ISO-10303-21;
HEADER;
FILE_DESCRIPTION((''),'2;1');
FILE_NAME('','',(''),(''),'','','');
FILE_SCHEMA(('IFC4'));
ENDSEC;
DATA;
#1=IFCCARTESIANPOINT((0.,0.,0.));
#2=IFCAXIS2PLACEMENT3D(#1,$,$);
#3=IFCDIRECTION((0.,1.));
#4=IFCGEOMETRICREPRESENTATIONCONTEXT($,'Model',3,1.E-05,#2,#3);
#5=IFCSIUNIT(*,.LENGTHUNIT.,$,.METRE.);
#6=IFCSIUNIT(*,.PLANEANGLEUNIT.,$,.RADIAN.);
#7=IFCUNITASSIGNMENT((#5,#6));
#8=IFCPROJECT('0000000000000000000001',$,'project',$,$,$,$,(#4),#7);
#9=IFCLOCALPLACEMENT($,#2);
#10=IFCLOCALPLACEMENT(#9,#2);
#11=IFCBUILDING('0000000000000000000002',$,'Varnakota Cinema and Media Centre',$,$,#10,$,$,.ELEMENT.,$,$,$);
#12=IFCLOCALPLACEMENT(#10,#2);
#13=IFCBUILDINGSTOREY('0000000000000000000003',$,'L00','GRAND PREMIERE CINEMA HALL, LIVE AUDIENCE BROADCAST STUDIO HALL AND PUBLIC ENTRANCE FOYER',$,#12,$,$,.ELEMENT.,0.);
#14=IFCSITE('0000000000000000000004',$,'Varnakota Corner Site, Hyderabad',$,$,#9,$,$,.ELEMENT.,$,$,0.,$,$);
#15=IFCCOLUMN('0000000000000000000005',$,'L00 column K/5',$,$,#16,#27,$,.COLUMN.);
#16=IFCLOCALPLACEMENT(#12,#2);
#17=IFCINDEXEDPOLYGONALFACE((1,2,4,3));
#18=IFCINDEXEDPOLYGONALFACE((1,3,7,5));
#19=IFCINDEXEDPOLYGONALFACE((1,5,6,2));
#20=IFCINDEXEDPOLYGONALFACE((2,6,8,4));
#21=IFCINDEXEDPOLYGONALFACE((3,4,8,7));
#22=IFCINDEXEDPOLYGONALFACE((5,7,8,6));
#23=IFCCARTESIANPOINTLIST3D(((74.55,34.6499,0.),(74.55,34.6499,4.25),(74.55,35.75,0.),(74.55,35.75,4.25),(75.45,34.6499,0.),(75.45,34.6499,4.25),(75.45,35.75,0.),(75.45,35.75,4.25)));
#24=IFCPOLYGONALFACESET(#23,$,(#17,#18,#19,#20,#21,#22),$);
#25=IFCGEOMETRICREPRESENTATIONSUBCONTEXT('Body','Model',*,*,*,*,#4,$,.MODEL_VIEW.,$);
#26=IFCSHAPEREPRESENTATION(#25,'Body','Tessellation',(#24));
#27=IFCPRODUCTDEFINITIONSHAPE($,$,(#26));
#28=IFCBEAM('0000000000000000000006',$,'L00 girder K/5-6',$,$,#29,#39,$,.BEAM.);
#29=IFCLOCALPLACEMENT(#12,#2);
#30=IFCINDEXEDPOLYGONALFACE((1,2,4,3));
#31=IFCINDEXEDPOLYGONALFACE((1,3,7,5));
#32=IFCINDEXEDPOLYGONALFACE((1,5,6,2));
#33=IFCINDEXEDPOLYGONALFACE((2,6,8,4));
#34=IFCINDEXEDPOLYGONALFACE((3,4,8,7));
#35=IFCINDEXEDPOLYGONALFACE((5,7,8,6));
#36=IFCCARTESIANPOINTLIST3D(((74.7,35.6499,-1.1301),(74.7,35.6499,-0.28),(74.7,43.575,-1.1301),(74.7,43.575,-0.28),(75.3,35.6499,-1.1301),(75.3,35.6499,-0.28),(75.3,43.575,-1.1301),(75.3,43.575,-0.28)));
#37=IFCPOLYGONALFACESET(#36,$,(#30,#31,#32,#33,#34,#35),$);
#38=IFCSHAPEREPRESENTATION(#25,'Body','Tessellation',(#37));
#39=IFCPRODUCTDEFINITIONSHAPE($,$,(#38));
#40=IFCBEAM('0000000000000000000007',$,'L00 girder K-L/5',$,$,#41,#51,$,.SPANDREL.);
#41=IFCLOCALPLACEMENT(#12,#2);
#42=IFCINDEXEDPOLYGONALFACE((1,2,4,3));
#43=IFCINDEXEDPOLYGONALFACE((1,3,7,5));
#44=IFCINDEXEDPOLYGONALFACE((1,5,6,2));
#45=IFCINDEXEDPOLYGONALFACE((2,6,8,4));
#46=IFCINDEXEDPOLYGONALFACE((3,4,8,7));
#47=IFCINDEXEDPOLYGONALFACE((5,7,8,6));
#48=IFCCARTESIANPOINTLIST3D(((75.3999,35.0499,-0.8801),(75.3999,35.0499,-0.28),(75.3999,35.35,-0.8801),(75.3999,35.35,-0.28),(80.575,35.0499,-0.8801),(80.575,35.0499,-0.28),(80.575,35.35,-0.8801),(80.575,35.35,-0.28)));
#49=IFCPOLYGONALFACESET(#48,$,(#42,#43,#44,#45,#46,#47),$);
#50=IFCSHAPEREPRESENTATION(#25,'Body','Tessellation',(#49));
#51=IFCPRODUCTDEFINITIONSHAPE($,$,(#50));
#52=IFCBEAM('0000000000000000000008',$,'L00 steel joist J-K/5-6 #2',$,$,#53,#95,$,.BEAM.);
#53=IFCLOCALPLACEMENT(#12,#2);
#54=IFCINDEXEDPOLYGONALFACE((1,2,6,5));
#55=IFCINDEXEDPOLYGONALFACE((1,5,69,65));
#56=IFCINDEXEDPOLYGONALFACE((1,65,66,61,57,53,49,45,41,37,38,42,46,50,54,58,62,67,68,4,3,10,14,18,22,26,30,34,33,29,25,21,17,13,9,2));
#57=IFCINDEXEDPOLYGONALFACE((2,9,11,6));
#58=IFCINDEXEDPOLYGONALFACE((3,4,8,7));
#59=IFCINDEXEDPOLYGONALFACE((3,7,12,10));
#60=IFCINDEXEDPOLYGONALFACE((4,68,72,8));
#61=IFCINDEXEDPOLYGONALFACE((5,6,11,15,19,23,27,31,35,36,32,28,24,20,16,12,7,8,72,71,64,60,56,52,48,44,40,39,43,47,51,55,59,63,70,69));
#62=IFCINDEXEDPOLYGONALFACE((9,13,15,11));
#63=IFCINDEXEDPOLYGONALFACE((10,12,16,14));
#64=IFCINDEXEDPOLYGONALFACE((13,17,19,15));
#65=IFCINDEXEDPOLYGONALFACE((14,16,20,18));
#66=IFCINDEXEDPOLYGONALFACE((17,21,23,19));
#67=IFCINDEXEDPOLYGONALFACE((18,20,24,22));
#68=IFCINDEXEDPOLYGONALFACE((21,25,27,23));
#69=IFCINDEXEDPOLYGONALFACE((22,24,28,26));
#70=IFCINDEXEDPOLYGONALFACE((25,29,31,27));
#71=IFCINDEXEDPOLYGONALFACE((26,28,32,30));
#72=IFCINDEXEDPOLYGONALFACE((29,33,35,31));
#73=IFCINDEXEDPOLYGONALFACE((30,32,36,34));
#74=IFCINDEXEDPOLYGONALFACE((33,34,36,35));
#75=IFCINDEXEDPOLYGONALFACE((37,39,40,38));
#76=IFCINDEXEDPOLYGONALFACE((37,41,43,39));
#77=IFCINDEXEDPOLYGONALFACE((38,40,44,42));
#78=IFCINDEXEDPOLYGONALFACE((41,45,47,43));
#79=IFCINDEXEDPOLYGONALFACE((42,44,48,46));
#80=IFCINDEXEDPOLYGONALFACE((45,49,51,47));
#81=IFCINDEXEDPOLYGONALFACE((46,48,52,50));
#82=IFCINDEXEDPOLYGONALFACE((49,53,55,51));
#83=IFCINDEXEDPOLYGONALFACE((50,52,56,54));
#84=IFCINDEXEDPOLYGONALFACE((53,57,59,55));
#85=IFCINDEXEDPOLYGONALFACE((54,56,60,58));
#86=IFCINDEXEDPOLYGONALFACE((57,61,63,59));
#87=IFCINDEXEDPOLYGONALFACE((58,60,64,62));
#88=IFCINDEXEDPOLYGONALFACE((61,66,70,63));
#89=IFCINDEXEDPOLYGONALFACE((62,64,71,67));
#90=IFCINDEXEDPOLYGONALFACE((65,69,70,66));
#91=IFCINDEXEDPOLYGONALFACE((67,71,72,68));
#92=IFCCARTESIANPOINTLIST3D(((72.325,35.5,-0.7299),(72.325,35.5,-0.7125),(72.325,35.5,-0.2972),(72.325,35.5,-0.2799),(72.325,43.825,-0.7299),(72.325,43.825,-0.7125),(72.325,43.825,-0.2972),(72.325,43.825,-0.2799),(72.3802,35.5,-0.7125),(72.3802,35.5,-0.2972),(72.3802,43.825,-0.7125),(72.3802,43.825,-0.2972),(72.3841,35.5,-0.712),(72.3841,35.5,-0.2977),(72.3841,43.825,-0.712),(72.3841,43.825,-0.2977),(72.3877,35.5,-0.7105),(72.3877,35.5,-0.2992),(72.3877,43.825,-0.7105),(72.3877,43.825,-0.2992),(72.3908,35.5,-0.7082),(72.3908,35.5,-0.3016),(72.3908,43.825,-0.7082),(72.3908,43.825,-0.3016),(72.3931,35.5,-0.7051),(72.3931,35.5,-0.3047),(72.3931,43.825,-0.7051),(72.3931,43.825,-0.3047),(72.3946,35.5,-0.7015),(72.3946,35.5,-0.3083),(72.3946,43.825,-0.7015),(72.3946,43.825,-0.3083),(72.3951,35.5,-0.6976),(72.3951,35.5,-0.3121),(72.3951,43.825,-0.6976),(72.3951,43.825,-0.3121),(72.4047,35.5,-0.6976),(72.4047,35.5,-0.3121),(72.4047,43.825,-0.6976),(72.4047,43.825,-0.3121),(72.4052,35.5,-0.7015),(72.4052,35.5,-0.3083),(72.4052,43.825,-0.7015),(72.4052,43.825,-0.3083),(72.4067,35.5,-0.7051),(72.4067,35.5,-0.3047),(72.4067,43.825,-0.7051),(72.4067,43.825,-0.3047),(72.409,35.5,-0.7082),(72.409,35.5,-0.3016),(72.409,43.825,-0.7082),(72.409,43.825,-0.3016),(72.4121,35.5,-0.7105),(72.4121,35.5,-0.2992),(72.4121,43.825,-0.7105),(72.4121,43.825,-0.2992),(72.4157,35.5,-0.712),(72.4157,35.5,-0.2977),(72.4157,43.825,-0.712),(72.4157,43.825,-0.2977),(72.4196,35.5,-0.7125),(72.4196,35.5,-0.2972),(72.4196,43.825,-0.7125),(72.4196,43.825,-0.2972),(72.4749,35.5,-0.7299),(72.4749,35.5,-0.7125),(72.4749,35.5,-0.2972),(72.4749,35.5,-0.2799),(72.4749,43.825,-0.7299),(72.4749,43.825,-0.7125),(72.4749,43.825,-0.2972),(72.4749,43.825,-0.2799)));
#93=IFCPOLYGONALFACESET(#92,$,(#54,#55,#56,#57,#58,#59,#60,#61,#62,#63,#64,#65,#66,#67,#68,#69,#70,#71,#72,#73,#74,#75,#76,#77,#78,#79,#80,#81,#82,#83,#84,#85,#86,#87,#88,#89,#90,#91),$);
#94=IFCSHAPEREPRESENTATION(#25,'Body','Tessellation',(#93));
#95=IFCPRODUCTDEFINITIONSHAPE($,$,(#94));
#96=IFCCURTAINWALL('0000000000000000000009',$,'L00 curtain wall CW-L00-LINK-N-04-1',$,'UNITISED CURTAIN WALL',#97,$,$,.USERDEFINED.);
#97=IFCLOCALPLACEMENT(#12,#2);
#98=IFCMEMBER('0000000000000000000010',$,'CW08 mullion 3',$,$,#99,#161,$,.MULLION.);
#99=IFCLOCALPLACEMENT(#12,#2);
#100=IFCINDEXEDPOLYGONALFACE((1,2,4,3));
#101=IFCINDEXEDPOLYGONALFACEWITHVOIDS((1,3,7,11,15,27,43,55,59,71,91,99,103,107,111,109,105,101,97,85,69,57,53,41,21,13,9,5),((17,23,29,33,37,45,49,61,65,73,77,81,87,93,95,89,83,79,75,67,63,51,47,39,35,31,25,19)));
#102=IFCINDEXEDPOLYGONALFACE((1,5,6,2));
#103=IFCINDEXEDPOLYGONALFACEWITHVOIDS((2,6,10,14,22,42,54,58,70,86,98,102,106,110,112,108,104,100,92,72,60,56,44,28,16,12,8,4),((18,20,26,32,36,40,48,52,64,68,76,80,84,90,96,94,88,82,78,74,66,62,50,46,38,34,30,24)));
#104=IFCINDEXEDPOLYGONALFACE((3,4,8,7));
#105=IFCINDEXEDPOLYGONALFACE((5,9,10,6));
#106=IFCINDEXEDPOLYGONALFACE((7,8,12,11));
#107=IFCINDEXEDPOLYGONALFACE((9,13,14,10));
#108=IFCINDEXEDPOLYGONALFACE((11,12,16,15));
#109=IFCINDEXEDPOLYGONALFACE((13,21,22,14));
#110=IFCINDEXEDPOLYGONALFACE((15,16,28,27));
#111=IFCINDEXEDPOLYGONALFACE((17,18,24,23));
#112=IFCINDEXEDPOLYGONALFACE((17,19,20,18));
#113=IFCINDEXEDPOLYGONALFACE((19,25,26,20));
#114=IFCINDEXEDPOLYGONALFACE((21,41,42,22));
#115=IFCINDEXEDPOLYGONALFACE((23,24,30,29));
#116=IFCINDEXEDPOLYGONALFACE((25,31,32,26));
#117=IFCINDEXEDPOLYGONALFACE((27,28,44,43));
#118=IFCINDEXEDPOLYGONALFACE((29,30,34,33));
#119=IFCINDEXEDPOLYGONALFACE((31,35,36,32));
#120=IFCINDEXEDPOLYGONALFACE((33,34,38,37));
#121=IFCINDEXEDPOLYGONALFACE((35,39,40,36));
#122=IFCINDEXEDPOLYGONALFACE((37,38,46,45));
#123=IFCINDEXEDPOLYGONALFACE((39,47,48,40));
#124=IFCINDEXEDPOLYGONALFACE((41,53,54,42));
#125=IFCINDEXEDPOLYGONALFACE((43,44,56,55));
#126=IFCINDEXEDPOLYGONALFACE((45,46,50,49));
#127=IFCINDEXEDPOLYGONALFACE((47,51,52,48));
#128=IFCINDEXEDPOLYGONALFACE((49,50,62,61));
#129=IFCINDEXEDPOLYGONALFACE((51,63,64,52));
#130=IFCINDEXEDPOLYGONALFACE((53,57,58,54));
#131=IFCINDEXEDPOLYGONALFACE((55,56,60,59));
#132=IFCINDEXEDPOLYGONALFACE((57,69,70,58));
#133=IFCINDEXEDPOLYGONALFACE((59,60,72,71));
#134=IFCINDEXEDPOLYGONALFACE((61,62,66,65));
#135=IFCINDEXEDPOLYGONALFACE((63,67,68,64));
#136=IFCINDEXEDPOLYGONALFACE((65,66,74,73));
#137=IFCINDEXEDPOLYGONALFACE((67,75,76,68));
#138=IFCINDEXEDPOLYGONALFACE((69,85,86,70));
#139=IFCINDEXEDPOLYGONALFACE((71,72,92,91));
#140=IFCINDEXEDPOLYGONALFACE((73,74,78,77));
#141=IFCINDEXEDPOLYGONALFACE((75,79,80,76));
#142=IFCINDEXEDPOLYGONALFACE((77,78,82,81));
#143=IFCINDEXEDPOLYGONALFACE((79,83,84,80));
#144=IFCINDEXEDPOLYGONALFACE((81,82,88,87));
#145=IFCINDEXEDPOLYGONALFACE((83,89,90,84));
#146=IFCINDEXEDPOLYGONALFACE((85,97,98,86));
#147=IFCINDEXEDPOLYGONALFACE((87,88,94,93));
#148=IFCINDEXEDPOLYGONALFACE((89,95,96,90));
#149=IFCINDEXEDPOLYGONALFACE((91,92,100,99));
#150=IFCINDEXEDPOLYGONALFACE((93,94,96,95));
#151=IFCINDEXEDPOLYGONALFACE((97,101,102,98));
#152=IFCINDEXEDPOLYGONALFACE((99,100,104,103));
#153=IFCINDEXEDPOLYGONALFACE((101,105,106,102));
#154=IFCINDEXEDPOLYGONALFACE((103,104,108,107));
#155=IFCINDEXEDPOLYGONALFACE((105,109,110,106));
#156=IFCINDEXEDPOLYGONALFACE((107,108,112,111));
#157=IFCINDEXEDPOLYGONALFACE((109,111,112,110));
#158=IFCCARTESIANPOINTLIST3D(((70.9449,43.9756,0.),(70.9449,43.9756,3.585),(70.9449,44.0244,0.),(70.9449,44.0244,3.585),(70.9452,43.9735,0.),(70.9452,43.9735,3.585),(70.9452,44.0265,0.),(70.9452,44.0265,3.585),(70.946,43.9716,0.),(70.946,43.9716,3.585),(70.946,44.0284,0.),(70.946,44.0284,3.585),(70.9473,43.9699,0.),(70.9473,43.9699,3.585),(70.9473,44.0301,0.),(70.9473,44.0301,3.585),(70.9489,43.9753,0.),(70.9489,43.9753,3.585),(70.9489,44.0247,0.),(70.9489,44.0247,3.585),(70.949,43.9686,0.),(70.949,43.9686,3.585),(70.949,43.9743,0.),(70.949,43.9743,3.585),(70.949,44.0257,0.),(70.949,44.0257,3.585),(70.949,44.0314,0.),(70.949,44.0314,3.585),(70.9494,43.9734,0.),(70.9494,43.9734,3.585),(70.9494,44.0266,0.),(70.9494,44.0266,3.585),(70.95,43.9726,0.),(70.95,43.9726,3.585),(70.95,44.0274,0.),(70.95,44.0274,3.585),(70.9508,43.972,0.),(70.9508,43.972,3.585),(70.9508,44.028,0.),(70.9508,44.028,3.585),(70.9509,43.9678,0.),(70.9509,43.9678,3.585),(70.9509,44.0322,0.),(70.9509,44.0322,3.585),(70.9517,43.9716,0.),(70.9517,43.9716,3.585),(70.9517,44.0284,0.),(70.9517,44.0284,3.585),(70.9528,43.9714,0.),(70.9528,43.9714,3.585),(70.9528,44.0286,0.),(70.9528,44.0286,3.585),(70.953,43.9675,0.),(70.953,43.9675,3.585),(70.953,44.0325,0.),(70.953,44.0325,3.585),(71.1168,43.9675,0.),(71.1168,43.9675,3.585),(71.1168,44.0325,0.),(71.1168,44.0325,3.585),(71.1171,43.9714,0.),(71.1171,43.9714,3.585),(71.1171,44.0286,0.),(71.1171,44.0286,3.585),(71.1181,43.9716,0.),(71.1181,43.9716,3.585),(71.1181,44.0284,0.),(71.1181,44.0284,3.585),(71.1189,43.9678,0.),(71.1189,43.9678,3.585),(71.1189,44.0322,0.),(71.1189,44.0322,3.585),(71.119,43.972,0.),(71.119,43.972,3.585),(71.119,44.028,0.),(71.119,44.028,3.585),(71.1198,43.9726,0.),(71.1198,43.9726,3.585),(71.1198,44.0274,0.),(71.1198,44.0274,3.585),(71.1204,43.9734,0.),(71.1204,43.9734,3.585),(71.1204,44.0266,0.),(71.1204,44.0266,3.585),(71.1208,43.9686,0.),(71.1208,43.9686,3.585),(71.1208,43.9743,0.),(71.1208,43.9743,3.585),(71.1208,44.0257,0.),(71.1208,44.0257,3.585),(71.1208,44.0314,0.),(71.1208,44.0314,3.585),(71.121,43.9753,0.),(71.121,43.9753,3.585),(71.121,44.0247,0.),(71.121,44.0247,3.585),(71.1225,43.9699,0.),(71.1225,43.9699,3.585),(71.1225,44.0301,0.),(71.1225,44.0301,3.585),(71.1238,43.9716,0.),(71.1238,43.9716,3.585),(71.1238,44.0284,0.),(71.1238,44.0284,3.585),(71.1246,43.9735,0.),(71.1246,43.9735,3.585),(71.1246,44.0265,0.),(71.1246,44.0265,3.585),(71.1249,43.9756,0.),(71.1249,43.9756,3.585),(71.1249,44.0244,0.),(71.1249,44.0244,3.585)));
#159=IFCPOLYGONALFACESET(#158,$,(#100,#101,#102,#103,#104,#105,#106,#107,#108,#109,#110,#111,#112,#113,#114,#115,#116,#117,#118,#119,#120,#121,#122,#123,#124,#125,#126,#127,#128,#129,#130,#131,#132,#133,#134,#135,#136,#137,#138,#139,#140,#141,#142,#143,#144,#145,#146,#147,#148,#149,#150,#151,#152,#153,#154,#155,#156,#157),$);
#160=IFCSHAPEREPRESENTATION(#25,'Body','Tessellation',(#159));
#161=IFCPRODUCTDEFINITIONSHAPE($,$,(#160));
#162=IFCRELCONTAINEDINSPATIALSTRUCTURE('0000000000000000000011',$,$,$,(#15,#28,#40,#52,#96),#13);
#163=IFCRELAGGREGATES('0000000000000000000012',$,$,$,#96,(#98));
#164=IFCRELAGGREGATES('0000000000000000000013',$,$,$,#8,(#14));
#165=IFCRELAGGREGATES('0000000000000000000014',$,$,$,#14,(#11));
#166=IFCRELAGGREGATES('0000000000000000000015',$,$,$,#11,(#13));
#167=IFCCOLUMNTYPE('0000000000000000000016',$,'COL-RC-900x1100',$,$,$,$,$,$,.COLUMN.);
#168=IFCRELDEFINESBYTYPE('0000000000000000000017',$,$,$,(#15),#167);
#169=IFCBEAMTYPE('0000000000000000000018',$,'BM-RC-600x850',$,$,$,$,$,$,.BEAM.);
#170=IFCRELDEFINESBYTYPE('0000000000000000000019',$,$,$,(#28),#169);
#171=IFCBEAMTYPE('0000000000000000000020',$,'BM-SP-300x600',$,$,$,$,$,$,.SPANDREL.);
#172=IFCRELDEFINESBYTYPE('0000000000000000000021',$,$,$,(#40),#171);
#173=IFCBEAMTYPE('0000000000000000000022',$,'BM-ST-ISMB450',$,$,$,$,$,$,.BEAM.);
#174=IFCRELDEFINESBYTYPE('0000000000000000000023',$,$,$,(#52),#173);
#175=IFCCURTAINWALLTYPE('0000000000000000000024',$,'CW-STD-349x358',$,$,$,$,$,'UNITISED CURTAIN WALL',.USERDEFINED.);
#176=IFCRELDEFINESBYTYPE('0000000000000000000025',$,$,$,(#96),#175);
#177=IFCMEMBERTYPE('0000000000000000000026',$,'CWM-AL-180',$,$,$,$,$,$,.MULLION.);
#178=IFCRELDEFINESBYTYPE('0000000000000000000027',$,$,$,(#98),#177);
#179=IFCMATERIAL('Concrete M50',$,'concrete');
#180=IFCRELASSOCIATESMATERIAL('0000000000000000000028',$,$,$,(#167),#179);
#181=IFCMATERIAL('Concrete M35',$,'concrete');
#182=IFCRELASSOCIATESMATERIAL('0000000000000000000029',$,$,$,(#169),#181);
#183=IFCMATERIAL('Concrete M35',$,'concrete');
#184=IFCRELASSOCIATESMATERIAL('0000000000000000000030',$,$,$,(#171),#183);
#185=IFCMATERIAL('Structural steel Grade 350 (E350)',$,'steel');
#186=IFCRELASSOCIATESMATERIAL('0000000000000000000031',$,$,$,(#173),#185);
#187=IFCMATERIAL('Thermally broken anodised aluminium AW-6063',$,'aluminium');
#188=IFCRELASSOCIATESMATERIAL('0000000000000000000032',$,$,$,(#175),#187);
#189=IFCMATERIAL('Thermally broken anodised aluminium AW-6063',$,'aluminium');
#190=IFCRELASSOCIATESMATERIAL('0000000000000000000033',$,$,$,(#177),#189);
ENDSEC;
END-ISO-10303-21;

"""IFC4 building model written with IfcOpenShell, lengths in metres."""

from ifc_helpers import new_model, si_unit, direction, frame, origin, origin_2d, place, context, subcontext, project, spatial, rectangle, hollow_rectangle, i_section, extrude, material, material_profile, profile_set, type_object, element, aggregate, save


model = new_model("IFC4")

# Units and contexts
model_context = context("Model", 3, precision=1e-05, world=origin(), true_north=direction((0.0, 1.0)))
body_context = subcontext(model_context, "Body", "Model", "MODEL_VIEW")
ifc_project = project(units=[si_unit("LENGTHUNIT", "METRE"), si_unit("PLANEANGLEUNIT", "RADIAN")], contexts=[model_context])

# Site, building, storey
site_placement = place(None, origin())
site = spatial("IfcSite", under=ifc_project, at=site_placement, Name="Varnakota Corner Site, Hyderabad", CompositionType="ELEMENT", RefElevation=0.0)
building_placement = place(site_placement, origin())
building = spatial("IfcBuilding", under=site, at=building_placement, Name="Varnakota Cinema and Media Centre", CompositionType="ELEMENT")
storey_placement = place(building_placement, origin())
storey = spatial("IfcBuildingStorey", under=building, at=storey_placement, Name="L00", Description="GRAND PREMIERE CINEMA HALL, LIVE AUDIENCE BROADCAST STUDIO HALL AND PUBLIC ENTRANCE FOYER", CompositionType="ELEMENT", Elevation=0.0)

# Column
ifc_material_1 = material(Name="Concrete M50", Category="concrete")
ifc_material_profile_1 = material_profile(ifc_material_1, rectangle(XDim=0.8999, YDim=1.1001, at=origin_2d()), Name="RC 900x1100")
ifc_profile_set_1 = profile_set([ifc_material_profile_1], Name="Concrete M50")
column_type = type_object("IfcColumnType", Name="COL-RC-900x1100", PredefinedType="COLUMN", material=ifc_profile_set_1)
column_placement = place(storey_placement, frame((75.0, 35.2, 0.0), z_axis=(0.0, 0.0, 1.0), x_axis=(1.0, 0.0, 0.0)))
element("IfcColumn", 1, at=column_placement, inside=storey, type_object=column_type, Name="L00 column K/5", PredefinedType="COLUMN", context=body_context, shape_type="SweptSolid", body=[
    extrude(rectangle(XDim=0.8999, YDim=1.1001, at=origin_2d()), origin(), (0.0, 0.0, 1.0), 4.25),
])

# Beams
ifc_material_2 = material(Name="Concrete M35", Category="concrete")
ifc_material_profile_2 = material_profile(ifc_material_2, rectangle(XDim=0.6001, YDim=0.8501, at=origin_2d()), Name="RCB 600x850")
ifc_profile_set_2 = profile_set([ifc_material_profile_2], Name="Concrete M35")
beam_type_1 = type_object("IfcBeamType", Name="BM-RC-600x850", PredefinedType="BEAM", material=ifc_profile_set_2)
beam_1_placement = place(storey_placement, frame((75.0, 35.6499, -0.7051), z_axis=(0.0, 1.0, 0.0), x_axis=(-1.0, 0.0, 0.0)))
element("IfcBeam", 2, at=beam_1_placement, inside=storey, type_object=beam_type_1, Name="L00 girder K/5-6", PredefinedType="BEAM", context=body_context, shape_type="SweptSolid", body=[
    extrude(rectangle(XDim=0.6001, YDim=0.8501, at=origin_2d()), origin(), (0.0, 0.0, 1.0), 7.925),
])
ifc_material_3 = material(Name="Concrete M35", Category="concrete")
ifc_material_profile_3 = material_profile(ifc_material_3, rectangle(XDim=0.3, YDim=0.6001, at=origin_2d()), Name="RCB 300x600")
ifc_profile_set_3 = profile_set([ifc_material_profile_3], Name="Concrete M35")
beam_type_2 = type_object("IfcBeamType", Name="BM-SP-300x600", PredefinedType="SPANDREL", material=ifc_profile_set_3)
beam_2_placement = place(storey_placement, frame((75.3999, 35.2, -0.5801), z_axis=(1.0, 0.0, 0.0), x_axis=(0.0, 1.0, 0.0)))
element("IfcBeam", 3, at=beam_2_placement, inside=storey, type_object=beam_type_2, Name="L00 girder K-L/5", PredefinedType="SPANDREL", context=body_context, shape_type="SweptSolid", body=[
    extrude(rectangle(XDim=0.3, YDim=0.6001, at=origin_2d()), origin(), (0.0, 0.0, 1.0), 5.175),
])
ifc_material_4 = material(Name="Structural steel Grade 350 (E350)", Category="steel")
ifc_material_profile_4 = material_profile(ifc_material_4, i_section(OverallWidth=0.1499, OverallDepth=0.45, WebThickness=0.0095, FlangeThickness=0.0173, FilletRadius=0.0149, at=origin_2d()), Name="ISMB 450")
ifc_profile_set_4 = profile_set([ifc_material_profile_4], Name="Structural steel Grade 350 (E350)")
beam_type_3 = type_object("IfcBeamType", Name="BM-ST-ISMB450", PredefinedType="BEAM", material=ifc_profile_set_4)
beam_3_placement = place(storey_placement, frame((72.3999, 35.5, -0.5049), z_axis=(0.0, 1.0, 0.0), x_axis=(-1.0, 0.0, 0.0)))
element("IfcBeam", 4, at=beam_3_placement, inside=storey, type_object=beam_type_3, Name="L00 steel joist J-K/5-6 #2", PredefinedType="BEAM", context=body_context, shape_type="SweptSolid", body=[
    extrude(i_section(OverallWidth=0.1499, OverallDepth=0.45, WebThickness=0.0095, FlangeThickness=0.0173, FilletRadius=0.0149, at=origin_2d()), origin(), (0.0, 0.0, 1.0), 8.325),
])

# Curtain wall, member
ifc_material_5 = material(Name="Thermally broken anodised aluminium AW-6063", Category="aluminium")
curtain_wall_type_1 = type_object("IfcCurtainWallType", Name="CW-STD-349x358", ElementType="UNITISED CURTAIN WALL", PredefinedType="USERDEFINED", material=ifc_material_5)
curtain_wall_1_placement = place(storey_placement, origin())
curtain_wall_1 = element("IfcCurtainWall", 5, at=curtain_wall_1_placement, inside=storey, type_object=curtain_wall_type_1, Name="L00 curtain wall CW-L00-LINK-N-04-1", ObjectType="UNITISED CURTAIN WALL", PredefinedType="USERDEFINED")
ifc_material_6 = material(Name="Thermally broken anodised aluminium AW-6063", Category="aluminium")
ifc_material_profile_5 = material_profile(ifc_material_6, hollow_rectangle(XDim=0.0649, YDim=0.1799, WallThickness=0.0039, InnerFilletRadius=0.0039, OuterFilletRadius=0.0081, at=origin_2d()), Name="AL-MULLION 180x65x4")
ifc_profile_set_5 = profile_set([ifc_material_profile_5], Name="Thermally broken anodised aluminium AW-6063")
member_type_1 = type_object("IfcMemberType", Name="CWM-AL-180", PredefinedType="MULLION", material=ifc_profile_set_5)
member_1_placement = place(storey_placement, frame((71.0349, 44.0, 0.0), z_axis=(0.0, 0.0, 1.0), x_axis=(0.0, 1.0, 0.0)))
member_1 = element("IfcMember", 6, at=member_1_placement, type_object=member_type_1, Name="CW08 mullion 3", PredefinedType="MULLION", context=body_context, shape_type="SweptSolid", body=[
    extrude(hollow_rectangle(XDim=0.0649, YDim=0.1799, WallThickness=0.0039, InnerFilletRadius=0.0039, OuterFilletRadius=0.0081, at=origin_2d()), origin(), (0.0, 0.0, 1.0), 3.585),
])
aggregate(curtain_wall_1, [member_1])

save(model, "model.ifc")
